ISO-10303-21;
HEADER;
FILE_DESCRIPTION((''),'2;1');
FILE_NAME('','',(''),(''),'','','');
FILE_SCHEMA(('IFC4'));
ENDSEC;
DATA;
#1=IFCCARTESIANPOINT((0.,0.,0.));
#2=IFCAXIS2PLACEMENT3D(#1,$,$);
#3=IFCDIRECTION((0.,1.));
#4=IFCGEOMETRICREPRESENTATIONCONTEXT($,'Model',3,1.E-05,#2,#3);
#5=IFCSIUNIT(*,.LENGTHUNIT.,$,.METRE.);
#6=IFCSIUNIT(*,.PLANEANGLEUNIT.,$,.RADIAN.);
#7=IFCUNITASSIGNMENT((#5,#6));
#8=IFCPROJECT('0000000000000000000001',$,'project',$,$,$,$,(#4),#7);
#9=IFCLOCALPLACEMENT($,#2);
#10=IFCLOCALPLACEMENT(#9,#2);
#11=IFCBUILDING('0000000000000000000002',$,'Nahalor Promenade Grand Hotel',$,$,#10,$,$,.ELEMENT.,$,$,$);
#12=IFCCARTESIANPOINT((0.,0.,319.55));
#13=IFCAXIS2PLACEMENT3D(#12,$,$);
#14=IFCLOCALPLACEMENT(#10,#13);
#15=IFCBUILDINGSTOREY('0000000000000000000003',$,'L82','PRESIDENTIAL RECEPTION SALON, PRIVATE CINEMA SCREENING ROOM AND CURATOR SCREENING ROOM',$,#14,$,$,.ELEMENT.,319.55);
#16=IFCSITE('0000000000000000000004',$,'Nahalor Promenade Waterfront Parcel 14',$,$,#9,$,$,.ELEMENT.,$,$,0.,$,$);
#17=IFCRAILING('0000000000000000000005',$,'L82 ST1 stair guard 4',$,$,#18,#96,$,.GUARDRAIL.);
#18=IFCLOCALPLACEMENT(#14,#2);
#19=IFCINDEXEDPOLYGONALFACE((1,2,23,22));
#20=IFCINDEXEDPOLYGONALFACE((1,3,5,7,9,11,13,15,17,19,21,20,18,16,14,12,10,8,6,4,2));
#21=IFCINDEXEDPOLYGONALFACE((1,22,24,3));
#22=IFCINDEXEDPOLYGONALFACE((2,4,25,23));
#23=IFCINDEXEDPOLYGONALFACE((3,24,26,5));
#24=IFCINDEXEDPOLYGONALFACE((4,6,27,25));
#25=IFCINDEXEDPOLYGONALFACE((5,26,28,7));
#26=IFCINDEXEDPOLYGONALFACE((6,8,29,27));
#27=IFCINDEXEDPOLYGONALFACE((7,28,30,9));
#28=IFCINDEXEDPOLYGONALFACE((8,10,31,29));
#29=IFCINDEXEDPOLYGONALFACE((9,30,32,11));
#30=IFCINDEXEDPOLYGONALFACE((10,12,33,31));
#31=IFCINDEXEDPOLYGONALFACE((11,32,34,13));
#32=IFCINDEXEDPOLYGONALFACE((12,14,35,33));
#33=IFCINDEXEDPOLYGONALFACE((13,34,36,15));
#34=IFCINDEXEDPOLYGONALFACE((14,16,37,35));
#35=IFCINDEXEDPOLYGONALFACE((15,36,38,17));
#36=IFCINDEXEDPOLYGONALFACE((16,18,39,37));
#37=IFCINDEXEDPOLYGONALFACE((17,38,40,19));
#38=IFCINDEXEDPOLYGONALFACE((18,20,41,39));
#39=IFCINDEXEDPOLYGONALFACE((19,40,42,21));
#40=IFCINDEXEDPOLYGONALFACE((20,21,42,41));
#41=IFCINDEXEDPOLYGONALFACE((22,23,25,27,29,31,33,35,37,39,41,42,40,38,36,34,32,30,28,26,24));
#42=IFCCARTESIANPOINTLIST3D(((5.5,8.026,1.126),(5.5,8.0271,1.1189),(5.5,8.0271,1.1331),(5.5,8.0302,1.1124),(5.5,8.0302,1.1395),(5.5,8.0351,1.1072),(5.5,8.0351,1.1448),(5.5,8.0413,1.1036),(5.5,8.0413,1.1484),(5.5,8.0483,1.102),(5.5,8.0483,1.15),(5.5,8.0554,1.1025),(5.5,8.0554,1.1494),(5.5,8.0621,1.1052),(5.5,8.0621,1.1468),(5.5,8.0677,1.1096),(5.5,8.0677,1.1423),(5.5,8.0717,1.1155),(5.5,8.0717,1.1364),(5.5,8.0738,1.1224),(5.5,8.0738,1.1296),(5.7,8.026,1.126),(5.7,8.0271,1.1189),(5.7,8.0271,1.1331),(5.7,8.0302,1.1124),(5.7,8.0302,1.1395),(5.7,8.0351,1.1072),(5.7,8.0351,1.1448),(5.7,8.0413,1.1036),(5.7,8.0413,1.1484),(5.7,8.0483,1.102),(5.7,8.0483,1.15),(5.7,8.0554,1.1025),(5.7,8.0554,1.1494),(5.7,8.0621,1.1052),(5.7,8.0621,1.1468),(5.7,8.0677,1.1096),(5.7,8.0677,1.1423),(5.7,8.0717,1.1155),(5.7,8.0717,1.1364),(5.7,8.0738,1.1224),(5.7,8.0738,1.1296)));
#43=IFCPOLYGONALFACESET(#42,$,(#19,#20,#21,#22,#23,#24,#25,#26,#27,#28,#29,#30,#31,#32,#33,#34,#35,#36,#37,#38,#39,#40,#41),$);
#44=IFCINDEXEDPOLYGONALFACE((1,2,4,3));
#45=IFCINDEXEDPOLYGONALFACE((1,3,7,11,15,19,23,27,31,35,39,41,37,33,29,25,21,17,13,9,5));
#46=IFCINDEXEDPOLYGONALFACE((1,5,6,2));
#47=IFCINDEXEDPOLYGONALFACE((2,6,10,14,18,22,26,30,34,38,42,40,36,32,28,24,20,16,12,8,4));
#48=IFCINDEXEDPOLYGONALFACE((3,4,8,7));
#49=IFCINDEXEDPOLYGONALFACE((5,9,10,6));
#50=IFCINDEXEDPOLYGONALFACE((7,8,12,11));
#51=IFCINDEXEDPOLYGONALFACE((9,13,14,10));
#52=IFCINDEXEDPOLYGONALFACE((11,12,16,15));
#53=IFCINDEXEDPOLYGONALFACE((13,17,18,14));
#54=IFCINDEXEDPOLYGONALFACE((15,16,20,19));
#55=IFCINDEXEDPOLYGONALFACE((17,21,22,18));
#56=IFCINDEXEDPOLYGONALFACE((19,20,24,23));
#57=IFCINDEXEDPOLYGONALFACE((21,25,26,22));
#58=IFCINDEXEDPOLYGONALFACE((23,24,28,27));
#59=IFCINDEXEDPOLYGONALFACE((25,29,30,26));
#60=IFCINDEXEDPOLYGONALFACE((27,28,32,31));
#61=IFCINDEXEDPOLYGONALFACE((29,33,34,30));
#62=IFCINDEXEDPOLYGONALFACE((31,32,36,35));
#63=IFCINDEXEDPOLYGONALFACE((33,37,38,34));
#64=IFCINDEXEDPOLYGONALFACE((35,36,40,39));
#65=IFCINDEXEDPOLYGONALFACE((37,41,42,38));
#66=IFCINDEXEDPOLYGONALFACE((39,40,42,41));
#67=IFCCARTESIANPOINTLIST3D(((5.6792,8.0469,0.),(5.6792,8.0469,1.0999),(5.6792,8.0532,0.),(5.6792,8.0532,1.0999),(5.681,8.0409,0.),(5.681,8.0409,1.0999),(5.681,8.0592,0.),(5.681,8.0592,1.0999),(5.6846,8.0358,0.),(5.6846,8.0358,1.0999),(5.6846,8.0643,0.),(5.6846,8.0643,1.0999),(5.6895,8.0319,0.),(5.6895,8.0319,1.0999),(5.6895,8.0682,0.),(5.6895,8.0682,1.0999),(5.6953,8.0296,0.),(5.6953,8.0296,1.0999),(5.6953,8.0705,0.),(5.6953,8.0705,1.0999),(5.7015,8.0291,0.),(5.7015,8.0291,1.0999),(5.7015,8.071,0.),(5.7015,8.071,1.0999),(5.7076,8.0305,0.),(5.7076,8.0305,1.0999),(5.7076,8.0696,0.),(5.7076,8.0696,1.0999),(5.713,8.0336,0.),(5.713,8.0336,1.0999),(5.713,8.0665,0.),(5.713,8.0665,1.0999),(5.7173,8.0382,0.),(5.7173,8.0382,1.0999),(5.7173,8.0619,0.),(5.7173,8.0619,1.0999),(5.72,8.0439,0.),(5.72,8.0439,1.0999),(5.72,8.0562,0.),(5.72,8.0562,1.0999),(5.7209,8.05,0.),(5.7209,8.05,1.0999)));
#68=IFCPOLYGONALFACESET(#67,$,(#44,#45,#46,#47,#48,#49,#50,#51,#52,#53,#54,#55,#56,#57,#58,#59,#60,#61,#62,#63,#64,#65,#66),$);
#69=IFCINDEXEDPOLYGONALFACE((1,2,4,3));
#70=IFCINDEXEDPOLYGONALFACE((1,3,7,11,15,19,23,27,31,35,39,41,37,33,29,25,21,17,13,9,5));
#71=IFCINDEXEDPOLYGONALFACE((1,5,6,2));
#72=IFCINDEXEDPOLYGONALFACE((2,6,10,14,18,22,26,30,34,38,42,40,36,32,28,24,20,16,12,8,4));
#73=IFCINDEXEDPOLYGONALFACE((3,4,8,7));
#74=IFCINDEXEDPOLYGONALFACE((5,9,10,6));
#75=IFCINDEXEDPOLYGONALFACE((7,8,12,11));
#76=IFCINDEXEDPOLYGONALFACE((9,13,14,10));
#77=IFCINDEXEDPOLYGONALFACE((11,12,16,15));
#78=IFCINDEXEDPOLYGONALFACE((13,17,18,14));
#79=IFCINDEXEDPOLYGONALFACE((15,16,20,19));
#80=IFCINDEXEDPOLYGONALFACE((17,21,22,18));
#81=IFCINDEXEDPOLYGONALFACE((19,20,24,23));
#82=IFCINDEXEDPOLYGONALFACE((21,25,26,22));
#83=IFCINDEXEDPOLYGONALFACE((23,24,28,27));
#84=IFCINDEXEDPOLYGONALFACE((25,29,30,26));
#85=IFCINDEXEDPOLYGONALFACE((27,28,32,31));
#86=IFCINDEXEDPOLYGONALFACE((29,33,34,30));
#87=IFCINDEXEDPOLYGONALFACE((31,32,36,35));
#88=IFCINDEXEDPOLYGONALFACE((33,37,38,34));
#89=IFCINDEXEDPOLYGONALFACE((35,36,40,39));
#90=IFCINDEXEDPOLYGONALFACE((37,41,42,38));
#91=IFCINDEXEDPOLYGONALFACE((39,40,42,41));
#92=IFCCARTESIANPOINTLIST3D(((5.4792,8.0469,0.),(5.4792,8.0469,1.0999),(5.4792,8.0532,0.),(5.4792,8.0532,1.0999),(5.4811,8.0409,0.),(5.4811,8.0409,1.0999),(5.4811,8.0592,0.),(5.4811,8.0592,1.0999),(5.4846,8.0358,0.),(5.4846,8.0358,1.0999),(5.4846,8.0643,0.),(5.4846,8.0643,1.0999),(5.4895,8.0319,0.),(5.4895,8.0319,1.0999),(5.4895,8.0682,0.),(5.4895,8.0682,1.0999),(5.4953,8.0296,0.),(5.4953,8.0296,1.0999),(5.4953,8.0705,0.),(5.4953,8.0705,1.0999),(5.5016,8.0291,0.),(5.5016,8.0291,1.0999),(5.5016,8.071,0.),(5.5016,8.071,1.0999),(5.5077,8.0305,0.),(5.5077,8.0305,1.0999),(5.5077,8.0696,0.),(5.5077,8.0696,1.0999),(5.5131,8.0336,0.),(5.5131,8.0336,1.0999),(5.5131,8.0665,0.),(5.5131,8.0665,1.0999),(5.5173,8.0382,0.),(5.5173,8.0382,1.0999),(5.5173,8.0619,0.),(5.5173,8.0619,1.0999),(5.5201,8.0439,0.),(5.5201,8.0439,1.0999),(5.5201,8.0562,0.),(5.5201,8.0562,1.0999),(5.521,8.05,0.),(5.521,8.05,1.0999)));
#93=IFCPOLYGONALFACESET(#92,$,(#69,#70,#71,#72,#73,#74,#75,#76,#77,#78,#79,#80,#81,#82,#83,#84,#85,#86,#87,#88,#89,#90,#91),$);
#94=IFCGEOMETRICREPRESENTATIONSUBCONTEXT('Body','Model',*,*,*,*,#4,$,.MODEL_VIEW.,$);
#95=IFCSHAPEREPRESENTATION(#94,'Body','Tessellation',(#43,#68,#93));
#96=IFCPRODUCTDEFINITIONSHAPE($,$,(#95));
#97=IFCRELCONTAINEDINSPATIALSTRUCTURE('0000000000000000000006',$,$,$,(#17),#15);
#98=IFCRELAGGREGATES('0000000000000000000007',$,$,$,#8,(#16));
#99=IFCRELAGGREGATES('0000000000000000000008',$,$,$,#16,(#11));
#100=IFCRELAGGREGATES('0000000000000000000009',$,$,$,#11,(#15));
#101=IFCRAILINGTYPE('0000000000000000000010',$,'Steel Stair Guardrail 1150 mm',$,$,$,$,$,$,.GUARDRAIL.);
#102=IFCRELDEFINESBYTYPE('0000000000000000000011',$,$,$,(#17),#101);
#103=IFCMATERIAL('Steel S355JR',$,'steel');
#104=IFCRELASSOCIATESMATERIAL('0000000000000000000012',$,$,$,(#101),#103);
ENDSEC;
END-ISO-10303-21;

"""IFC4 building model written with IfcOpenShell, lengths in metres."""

from ifc_helpers import new_model, si_unit, direction, frame, origin, origin_2d, place, context, subcontext, project, spatial, circle, extrude, material, type_object, element, save


model = new_model("IFC4")

# Units and contexts
model_context = context("Model", 3, precision=1e-05, world=origin(), true_north=direction((0.0, 1.0)))
body_context = subcontext(model_context, "Body", "Model", "MODEL_VIEW")
ifc_project = project(units=[si_unit("LENGTHUNIT", "METRE"), si_unit("PLANEANGLEUNIT", "RADIAN")], contexts=[model_context])

# Site, building, storey
site_placement = place(None, origin())
site = spatial("IfcSite", under=ifc_project, at=site_placement, Name="Nahalor Promenade Waterfront Parcel 14", CompositionType="ELEMENT", RefElevation=0.0)
building_placement = place(site_placement, origin())
building = spatial("IfcBuilding", under=site, at=building_placement, Name="Nahalor Promenade Grand Hotel", CompositionType="ELEMENT")
storey_placement = place(building_placement, frame((0.0, 0.0, 319.55)))
storey = spatial("IfcBuildingStorey", under=building, at=storey_placement, Name="L82", Description="PRESIDENTIAL RECEPTION SALON, PRIVATE CINEMA SCREENING ROOM AND CURATOR SCREENING ROOM", CompositionType="ELEMENT", Elevation=319.55)

# Shared definitions
ifc_material_1 = material(Name="Steel S355JR", Category="steel")

# Railing
railing_type_1 = type_object("IfcRailingType", Name="Steel Stair Guardrail 1150 mm", PredefinedType="GUARDRAIL", material=ifc_material_1)
railing_1_placement = place(storey_placement, frame((5.7, 8.05, 0.0)))
element("IfcRailing", 1, at=railing_1_placement, inside=storey, type_object=railing_type_1, Name="L82 ST1 stair guard 4", PredefinedType="GUARDRAIL", context=body_context, shape_type="SweptSolid", body=[
    extrude(circle(Radius=0.024, at=origin_2d()), frame((0.0, 0.0, 1.126), z_axis=(-1.0, 0.0, 0.0), x_axis=(0.0, -1.0, 0.0)), (0.0, 0.0, 1.0), 0.2),
    extrude(circle(Radius=0.021, at=origin_2d()), origin(), (0.0, 0.0, 1.0), 1.0999),
    extrude(circle(Radius=0.021, at=origin_2d()), frame((-0.2, 0.0, 0.0)), (0.0, 0.0, 1.0), 1.0999),
])

save(model, "model.ifc")
